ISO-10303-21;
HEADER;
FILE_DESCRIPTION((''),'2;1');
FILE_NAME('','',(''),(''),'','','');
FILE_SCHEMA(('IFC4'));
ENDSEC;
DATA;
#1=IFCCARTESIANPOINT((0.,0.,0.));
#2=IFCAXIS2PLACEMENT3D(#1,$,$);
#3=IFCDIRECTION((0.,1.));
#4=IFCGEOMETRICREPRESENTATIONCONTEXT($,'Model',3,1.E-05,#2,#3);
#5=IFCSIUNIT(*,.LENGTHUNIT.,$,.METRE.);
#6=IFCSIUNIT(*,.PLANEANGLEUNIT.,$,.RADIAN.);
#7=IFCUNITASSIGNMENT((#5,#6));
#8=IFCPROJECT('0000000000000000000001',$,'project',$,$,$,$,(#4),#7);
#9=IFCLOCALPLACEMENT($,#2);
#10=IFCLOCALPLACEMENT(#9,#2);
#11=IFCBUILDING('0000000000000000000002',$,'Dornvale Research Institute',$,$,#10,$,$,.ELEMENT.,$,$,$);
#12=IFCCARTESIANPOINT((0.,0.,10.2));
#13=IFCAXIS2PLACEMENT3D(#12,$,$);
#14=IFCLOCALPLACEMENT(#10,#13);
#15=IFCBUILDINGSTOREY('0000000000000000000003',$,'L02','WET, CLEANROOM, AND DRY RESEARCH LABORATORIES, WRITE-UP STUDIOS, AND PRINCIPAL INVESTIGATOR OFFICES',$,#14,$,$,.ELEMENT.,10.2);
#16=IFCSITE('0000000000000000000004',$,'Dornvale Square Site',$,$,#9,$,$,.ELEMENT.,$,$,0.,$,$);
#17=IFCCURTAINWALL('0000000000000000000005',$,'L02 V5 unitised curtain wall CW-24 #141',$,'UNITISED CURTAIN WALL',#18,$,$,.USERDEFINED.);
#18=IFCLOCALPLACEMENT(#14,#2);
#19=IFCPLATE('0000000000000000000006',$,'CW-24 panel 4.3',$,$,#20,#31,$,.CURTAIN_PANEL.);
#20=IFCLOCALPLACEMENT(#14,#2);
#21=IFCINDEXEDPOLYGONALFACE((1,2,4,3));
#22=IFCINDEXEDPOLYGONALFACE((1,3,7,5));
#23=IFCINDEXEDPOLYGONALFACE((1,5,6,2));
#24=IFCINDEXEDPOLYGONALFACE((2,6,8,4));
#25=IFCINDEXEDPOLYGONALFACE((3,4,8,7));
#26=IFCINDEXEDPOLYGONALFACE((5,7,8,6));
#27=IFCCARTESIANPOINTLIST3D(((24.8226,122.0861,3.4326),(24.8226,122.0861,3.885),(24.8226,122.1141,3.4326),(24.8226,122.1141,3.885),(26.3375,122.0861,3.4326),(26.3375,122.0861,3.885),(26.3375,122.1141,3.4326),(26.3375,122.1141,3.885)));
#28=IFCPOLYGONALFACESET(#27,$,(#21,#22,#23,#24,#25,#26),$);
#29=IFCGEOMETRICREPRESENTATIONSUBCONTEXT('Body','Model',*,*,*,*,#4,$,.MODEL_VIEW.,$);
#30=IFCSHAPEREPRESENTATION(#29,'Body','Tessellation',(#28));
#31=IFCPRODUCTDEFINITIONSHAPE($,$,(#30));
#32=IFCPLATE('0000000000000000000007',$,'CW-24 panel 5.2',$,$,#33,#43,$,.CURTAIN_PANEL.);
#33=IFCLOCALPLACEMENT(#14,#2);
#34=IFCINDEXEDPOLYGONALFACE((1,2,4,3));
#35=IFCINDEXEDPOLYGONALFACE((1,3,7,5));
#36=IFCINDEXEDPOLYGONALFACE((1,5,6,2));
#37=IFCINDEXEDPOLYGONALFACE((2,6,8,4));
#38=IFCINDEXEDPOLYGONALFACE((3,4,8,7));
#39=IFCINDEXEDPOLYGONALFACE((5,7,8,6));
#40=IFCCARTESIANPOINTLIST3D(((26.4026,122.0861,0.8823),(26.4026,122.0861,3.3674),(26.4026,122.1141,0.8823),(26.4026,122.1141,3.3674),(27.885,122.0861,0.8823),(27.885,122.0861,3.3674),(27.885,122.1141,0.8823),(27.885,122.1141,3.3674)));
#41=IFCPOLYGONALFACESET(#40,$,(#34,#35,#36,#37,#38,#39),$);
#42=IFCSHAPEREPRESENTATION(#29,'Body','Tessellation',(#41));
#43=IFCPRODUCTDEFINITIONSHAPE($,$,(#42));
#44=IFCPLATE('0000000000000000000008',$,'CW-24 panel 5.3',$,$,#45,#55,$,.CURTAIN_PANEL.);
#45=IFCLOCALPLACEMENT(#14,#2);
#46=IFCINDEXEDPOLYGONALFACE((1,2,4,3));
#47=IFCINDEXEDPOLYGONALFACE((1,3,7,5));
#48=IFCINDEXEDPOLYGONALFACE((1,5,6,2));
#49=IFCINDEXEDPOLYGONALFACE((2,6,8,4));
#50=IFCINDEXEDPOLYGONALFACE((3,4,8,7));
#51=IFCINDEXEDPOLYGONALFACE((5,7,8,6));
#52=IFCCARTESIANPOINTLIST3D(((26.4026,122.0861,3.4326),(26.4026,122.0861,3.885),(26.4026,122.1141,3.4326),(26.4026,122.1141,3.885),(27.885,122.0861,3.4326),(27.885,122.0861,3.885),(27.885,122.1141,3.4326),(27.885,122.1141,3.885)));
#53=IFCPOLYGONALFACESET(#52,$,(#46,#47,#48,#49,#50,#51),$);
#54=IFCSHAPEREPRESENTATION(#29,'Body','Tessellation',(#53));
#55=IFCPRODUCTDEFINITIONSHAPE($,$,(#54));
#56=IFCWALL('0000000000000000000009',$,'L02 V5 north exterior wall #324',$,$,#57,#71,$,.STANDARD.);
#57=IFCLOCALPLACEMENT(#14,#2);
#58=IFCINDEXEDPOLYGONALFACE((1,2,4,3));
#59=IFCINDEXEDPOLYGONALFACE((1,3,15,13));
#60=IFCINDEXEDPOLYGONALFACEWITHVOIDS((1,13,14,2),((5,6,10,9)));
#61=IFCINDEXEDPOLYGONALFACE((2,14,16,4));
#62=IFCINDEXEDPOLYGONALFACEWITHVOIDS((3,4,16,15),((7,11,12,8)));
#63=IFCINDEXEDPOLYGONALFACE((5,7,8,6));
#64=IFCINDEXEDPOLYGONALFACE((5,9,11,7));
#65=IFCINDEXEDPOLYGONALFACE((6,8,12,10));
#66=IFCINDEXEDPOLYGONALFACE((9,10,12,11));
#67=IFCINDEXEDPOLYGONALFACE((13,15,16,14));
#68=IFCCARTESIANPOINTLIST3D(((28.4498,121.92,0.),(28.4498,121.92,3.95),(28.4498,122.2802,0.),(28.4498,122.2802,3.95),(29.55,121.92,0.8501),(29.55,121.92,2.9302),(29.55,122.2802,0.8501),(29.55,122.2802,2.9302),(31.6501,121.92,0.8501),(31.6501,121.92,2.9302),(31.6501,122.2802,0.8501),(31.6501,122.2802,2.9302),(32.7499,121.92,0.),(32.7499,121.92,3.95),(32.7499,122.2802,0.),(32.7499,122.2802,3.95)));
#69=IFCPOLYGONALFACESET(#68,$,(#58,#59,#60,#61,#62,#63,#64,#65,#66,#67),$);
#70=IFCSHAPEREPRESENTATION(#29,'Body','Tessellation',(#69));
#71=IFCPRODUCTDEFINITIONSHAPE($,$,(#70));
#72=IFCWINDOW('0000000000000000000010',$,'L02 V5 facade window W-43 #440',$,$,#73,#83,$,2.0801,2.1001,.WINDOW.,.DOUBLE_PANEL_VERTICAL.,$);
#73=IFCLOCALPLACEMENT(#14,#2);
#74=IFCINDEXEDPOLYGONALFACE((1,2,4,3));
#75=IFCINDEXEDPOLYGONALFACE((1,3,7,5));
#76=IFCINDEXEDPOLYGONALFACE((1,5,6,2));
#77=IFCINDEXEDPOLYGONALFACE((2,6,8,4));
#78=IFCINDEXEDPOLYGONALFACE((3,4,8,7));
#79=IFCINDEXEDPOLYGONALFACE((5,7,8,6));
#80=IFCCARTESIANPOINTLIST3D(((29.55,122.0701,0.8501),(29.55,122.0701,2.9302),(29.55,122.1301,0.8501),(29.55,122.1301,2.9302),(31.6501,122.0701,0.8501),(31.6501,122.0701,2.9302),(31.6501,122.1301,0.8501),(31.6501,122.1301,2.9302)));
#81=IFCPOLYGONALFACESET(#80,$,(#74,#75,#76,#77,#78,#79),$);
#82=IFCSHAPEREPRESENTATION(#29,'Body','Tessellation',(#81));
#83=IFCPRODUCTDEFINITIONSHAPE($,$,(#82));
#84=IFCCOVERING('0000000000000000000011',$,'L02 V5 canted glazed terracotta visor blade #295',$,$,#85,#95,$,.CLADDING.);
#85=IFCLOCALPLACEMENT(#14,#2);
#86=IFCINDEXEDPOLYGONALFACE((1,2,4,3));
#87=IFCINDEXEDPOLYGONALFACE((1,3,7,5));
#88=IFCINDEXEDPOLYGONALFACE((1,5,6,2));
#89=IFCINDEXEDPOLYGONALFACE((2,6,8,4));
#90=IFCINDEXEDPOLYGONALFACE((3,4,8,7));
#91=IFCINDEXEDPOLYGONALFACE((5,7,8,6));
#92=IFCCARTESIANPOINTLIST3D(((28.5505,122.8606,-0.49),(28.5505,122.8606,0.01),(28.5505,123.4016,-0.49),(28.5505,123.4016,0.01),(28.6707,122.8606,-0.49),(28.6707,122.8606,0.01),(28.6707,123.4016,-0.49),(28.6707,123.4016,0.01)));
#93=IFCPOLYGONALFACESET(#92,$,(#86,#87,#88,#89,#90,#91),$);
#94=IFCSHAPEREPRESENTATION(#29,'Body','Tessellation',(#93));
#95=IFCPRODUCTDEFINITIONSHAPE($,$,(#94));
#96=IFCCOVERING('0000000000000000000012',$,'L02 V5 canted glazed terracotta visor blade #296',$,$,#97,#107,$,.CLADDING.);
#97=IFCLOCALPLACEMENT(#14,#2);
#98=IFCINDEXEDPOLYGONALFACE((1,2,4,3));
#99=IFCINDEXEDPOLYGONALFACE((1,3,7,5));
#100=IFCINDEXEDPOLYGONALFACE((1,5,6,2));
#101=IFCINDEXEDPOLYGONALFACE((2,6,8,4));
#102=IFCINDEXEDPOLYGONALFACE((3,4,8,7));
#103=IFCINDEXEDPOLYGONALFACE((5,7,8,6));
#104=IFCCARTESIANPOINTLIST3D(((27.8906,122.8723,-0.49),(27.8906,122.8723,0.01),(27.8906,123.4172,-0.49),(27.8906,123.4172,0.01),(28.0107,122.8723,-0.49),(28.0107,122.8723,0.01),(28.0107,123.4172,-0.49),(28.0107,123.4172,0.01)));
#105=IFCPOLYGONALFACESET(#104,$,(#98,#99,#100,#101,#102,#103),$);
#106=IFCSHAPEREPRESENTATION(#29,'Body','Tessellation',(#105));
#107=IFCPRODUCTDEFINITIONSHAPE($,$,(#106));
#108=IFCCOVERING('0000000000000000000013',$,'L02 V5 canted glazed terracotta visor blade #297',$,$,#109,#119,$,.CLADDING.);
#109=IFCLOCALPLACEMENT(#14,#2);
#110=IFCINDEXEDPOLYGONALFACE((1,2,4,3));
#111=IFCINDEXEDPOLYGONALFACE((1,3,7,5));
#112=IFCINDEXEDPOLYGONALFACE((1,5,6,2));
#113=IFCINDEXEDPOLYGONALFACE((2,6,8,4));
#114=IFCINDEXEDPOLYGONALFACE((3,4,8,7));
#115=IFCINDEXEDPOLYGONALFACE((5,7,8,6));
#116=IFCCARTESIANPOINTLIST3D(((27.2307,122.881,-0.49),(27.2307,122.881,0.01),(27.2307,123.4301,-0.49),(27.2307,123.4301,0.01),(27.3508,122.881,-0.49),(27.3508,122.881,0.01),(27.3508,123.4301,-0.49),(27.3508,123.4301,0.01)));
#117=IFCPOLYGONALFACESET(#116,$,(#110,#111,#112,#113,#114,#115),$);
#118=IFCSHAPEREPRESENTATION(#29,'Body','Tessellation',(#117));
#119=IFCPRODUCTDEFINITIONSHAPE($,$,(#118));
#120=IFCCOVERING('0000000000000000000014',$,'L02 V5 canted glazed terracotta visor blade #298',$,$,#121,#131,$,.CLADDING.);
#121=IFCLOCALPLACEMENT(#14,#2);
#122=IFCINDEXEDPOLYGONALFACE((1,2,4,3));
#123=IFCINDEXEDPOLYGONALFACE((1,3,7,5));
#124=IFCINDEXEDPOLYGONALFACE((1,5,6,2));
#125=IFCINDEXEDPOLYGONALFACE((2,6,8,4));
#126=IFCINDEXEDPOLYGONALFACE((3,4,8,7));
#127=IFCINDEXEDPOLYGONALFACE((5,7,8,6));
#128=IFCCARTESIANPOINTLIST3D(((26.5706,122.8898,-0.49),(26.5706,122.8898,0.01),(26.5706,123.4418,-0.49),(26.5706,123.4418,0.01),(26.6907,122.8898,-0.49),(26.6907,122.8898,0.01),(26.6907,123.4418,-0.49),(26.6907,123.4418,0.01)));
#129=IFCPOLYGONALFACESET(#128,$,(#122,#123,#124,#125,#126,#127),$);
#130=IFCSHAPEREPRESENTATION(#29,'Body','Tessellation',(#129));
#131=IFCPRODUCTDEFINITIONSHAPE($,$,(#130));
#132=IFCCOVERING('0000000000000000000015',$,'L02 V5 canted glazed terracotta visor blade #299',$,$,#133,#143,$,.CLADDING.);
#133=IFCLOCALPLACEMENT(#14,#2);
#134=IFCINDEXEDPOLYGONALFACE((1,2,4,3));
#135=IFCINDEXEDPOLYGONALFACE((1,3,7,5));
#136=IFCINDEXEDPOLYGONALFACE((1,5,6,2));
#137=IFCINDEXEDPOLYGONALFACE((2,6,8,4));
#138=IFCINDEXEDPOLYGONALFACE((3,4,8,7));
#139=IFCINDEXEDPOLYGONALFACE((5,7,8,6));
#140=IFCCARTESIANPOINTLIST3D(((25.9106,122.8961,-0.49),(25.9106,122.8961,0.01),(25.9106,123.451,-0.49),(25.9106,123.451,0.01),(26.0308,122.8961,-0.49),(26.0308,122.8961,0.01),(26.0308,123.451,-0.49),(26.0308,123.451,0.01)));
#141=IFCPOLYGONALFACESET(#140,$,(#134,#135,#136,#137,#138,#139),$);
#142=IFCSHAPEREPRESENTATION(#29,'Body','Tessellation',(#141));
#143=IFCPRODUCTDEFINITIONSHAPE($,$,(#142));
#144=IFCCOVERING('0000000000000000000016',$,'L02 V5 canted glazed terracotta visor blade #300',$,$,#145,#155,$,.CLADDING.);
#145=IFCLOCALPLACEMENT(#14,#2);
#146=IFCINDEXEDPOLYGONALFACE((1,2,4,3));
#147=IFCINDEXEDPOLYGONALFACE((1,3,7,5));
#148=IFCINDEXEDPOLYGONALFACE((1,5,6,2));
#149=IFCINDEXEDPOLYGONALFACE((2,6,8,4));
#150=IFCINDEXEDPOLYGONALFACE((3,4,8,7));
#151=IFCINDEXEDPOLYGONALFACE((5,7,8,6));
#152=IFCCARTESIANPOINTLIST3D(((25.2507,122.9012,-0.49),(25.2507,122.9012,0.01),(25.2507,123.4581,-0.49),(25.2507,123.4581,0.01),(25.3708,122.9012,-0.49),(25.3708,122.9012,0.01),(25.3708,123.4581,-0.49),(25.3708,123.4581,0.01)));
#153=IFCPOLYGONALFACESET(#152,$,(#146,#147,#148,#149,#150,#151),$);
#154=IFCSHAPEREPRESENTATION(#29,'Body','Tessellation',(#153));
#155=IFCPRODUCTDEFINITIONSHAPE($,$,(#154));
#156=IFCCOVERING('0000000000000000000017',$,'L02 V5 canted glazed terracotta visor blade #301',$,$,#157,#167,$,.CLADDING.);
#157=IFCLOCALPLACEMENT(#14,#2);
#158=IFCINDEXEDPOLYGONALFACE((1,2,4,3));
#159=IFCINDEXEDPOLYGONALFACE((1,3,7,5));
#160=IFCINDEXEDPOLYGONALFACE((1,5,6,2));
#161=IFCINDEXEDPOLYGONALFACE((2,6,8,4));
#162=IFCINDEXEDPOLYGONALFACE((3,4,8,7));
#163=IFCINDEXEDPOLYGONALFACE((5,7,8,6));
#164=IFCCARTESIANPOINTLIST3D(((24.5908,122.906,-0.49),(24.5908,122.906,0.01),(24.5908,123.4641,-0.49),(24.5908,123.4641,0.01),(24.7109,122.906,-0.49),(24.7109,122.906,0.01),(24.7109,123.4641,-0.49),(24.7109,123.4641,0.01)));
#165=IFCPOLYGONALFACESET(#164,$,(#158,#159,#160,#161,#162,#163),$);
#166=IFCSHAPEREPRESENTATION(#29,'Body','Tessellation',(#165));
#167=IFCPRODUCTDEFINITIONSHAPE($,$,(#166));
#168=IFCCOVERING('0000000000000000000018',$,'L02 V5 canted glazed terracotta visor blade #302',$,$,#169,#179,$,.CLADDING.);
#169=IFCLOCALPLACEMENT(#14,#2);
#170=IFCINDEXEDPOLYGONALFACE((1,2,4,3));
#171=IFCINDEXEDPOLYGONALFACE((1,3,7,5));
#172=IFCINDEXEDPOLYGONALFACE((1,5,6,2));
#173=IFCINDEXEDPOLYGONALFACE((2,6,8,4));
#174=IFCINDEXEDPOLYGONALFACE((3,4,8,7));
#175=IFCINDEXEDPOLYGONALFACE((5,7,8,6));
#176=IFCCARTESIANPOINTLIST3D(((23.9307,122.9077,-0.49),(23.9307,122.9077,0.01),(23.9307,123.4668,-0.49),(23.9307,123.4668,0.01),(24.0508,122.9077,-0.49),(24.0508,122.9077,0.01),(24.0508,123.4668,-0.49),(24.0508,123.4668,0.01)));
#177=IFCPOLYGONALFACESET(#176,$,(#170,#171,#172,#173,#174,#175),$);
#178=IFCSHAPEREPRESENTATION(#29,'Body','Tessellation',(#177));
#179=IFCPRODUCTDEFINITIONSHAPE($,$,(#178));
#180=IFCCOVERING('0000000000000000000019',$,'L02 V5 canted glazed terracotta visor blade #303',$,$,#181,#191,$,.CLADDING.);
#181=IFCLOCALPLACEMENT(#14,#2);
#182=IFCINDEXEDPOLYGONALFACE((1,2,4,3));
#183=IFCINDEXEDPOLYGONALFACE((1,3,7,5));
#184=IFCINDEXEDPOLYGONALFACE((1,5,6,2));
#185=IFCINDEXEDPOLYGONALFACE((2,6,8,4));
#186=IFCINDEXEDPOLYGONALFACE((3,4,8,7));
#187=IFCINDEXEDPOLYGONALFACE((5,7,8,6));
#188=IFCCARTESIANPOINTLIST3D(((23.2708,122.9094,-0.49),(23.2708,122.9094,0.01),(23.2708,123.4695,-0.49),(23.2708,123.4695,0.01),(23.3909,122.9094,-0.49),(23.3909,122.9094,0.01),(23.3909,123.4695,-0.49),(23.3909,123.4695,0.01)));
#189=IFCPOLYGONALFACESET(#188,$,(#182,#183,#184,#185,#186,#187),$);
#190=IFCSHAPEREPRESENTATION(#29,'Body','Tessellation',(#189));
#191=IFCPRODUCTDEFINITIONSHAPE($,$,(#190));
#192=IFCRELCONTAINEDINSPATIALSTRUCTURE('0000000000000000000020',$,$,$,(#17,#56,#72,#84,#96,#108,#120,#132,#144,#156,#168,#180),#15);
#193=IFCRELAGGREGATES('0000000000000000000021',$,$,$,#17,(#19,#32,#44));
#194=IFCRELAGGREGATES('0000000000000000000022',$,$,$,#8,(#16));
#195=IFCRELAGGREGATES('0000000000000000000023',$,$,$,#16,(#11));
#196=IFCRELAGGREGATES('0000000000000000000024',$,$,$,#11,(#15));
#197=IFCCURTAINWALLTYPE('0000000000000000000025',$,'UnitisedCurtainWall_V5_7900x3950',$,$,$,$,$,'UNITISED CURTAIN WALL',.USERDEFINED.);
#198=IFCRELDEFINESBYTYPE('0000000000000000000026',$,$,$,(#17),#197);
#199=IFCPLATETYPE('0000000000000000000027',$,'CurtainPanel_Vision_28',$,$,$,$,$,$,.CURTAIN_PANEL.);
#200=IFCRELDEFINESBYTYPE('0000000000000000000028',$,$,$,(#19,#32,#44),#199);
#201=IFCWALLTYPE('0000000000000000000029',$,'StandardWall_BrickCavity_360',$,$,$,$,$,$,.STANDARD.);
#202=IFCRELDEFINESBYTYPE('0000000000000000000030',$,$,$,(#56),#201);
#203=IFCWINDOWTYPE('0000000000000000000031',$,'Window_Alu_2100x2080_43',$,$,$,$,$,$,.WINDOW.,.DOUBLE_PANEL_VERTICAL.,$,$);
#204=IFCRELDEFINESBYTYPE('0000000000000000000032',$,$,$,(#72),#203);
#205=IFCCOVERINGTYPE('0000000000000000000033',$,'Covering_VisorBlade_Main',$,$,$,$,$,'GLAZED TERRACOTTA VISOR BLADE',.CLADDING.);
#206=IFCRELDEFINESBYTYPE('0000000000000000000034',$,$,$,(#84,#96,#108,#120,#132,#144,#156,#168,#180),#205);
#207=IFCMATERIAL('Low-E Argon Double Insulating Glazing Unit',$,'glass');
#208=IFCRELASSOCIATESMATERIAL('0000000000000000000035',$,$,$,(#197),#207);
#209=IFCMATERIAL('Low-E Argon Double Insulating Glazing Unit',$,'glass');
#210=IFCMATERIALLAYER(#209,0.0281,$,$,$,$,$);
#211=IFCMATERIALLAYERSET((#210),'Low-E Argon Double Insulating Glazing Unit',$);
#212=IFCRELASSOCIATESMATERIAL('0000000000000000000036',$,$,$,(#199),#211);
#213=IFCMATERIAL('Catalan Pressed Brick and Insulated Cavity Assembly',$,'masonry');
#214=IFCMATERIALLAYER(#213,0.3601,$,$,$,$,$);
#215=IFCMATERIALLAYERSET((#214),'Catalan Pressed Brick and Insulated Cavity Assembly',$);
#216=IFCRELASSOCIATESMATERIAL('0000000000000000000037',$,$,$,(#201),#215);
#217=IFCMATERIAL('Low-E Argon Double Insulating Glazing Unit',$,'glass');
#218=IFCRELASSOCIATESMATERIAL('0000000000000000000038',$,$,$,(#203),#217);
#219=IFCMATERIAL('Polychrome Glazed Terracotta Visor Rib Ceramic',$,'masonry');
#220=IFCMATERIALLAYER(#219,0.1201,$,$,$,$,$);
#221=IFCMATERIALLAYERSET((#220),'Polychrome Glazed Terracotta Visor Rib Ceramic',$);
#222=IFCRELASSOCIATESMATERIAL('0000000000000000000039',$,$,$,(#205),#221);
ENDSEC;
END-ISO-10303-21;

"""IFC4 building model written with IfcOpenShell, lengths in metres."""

from ifc_helpers import new_model, si_unit, direction, frame, frame_2d, origin, origin_2d, place, context, subcontext, project, spatial, rectangle, extrude, material, layer, layer_set, type_object, element, fill, aggregate, save


model = new_model("IFC4")

# Units and contexts
model_context = context("Model", 3, precision=1e-05, world=origin(), true_north=direction((0.0, 1.0)))
body_context = subcontext(model_context, "Body", "Model", "MODEL_VIEW")
ifc_project = project(units=[si_unit("LENGTHUNIT", "METRE"), si_unit("PLANEANGLEUNIT", "RADIAN")], contexts=[model_context])

# Site, building, storey
site_placement = place(None, origin())
site = spatial("IfcSite", under=ifc_project, at=site_placement, Name="Dornvale Square Site", CompositionType="ELEMENT", RefElevation=0.0)
building_placement = place(site_placement, origin())
building = spatial("IfcBuilding", under=site, at=building_placement, Name="Dornvale Research Institute", CompositionType="ELEMENT")
storey_placement = place(building_placement, frame((0.0, 0.0, 10.2)))
storey = spatial("IfcBuildingStorey", under=building, at=storey_placement, Name="L02", Description="WET, CLEANROOM, AND DRY RESEARCH LABORATORIES, WRITE-UP STUDIOS, AND PRINCIPAL INVESTIGATOR OFFICES", CompositionType="ELEMENT", Elevation=10.2)

# Curtain wall
ifc_material_1 = material(Name="Low-E Argon Double Insulating Glazing Unit", Category="glass")
curtain_wall_type = type_object("IfcCurtainWallType", Name="UnitisedCurtainWall_V5_7900x3950", ElementType="UNITISED CURTAIN WALL", PredefinedType="USERDEFINED", material=ifc_material_1)
curtain_wall_placement = place(storey_placement, origin())
curtain_wall = element("IfcCurtainWall", 1, at=curtain_wall_placement, inside=storey, type_object=curtain_wall_type, Name="L02 V5 unitised curtain wall CW-24 #141", ObjectType="UNITISED CURTAIN WALL", PredefinedType="USERDEFINED")

# Plates
ifc_material_2 = material(Name="Low-E Argon Double Insulating Glazing Unit", Category="glass")
ifc_layer_1 = layer(ifc_material_2, 0.0281)
ifc_layer_set_1 = layer_set([ifc_layer_1], Name="Low-E Argon Double Insulating Glazing Unit")
plate_type_1 = type_object("IfcPlateType", Name="CurtainPanel_Vision_28", PredefinedType="CURTAIN_PANEL", material=ifc_layer_set_1)
plate_1_placement = place(storey_placement, frame((25.5801, 122.1001, 3.4326), z_axis=(0.0, 0.0, 1.0), x_axis=(1.0, 0.0, 0.0)))
plate_1 = element("IfcPlate", 2, at=plate_1_placement, type_object=plate_type_1, Name="CW-24 panel 4.3", PredefinedType="CURTAIN_PANEL", context=body_context, shape_type="SweptSolid", body=[
    extrude(rectangle(XDim=1.5149, YDim=0.0281, at=origin_2d()), origin(), (0.0, 0.0, 1.0), 0.4524),
])
plate_2_placement = place(storey_placement, frame((27.1438, 122.1001, 0.8823), z_axis=(0.0, 0.0, 1.0), x_axis=(1.0, 0.0, 0.0)))
plate_2 = element("IfcPlate", 3, at=plate_2_placement, type_object=plate_type_1, Name="CW-24 panel 5.2", PredefinedType="CURTAIN_PANEL", context=body_context, shape_type="SweptSolid", body=[
    extrude(rectangle(XDim=1.4824, YDim=0.0281, at=origin_2d()), origin(), (0.0, 0.0, 1.0), 2.4851),
])
plate_3_placement = place(storey_placement, frame((27.1438, 122.1001, 3.4326), z_axis=(0.0, 0.0, 1.0), x_axis=(1.0, 0.0, 0.0)))
plate_3 = element("IfcPlate", 4, at=plate_3_placement, type_object=plate_type_1, Name="CW-24 panel 5.3", PredefinedType="CURTAIN_PANEL", context=body_context, shape_type="SweptSolid", body=[
    extrude(rectangle(XDim=1.4824, YDim=0.0281, at=origin_2d()), origin(), (0.0, 0.0, 1.0), 0.4524),
])
aggregate(curtain_wall, [plate_1, plate_2, plate_3])

# Wall, opening, window
ifc_material_3 = material(Name="Catalan Pressed Brick and Insulated Cavity Assembly", Category="masonry")
ifc_layer_2 = layer(ifc_material_3, 0.3601)
ifc_layer_set_2 = layer_set([ifc_layer_2], Name="Catalan Pressed Brick and Insulated Cavity Assembly")
wall_type = type_object("IfcWallType", Name="StandardWall_BrickCavity_360", PredefinedType="STANDARD", material=ifc_layer_set_2)
wall_placement = place(storey_placement, frame((28.45, 122.1001, 0.0), z_axis=(0.0, 0.0, 1.0), x_axis=(1.0, 0.0, 0.0)))
wall = element("IfcWall", 5, at=wall_placement, inside=storey, type_object=wall_type, Name="L02 V5 north exterior wall #324", PredefinedType="STANDARD", context=body_context, shape_type="SweptSolid", body=[
    extrude(rectangle(XDim=4.3, YDim=0.3601, at=frame_2d((2.1499, 0.0))), origin(), (0.0, 0.0, 1.0), 3.95),
])
opening_placement = place(wall_placement, frame((1.1001, 0.0, 0.8501)))
opening = element("IfcOpeningElement", 6, at=opening_placement, cuts=wall, PredefinedType="OPENING", context=body_context, shape_type="SweptSolid", body=[
    extrude(rectangle(XDim=2.1001, YDim=2.0801, at=frame_2d((1.05, 1.04))), frame((0.0, 0.1951, 0.0), z_axis=(0.0, -1.0, 0.0), x_axis=(1.0, 0.0, 0.0)), (0.0, 0.0, 1.0), 0.3901),
])
ifc_material_4 = material(Name="Low-E Argon Double Insulating Glazing Unit", Category="glass")
window_type = type_object("IfcWindowType", Name="Window_Alu_2100x2080_43", PartitioningType="DOUBLE_PANEL_VERTICAL", PredefinedType="WINDOW", material=ifc_material_4)
window_placement = place(opening_placement, origin())
window = element("IfcWindow", 7, at=window_placement, inside=storey, type_object=window_type, Name="L02 V5 facade window W-43 #440", OverallHeight=2.0801, OverallWidth=2.1001, PartitioningType="DOUBLE_PANEL_VERTICAL", PredefinedType="WINDOW", context=body_context, shape_type="SweptSolid", body=[
    extrude(rectangle(XDim=2.1001, YDim=2.0801, at=frame_2d((1.05, 1.04))), frame((0.0, 0.03, 0.0), z_axis=(0.0, -1.0, 0.0), x_axis=(1.0, 0.0, 0.0)), (0.0, 0.0, 1.0), 0.0601),
])
fill(opening, window)

# Coverings
ifc_material_5 = material(Name="Polychrome Glazed Terracotta Visor Rib Ceramic", Category="masonry")
ifc_layer_3 = layer(ifc_material_5, 0.1201)
ifc_layer_set_3 = layer_set([ifc_layer_3], Name="Polychrome Glazed Terracotta Visor Rib Ceramic")
covering_type = type_object("IfcCoveringType", Name="Covering_VisorBlade_Main", ElementType="GLAZED TERRACOTTA VISOR BLADE", PredefinedType="CLADDING", material=ifc_layer_set_3)
covering_1_placement = place(storey_placement, frame((28.6106, 123.1311, -0.49), z_axis=(0.0, 0.0, 1.0), x_axis=(0.0, 1.0, 0.0)))
element("IfcCovering", 8, at=covering_1_placement, inside=storey, type_object=covering_type, Name="L02 V5 canted glazed terracotta visor blade #295", PredefinedType="CLADDING", context=body_context, shape_type="SweptSolid", body=[
    extrude(rectangle(XDim=0.541, YDim=0.1201, at=origin_2d()), origin(), (0.0, 0.0, 1.0), 0.5),
])
covering_2_placement = place(storey_placement, frame((27.9507, 123.1448, -0.49), z_axis=(0.0, 0.0, 1.0), x_axis=(0.0, 1.0, 0.0)))
element("IfcCovering", 9, at=covering_2_placement, inside=storey, type_object=covering_type, Name="L02 V5 canted glazed terracotta visor blade #296", PredefinedType="CLADDING", context=body_context, shape_type="SweptSolid", body=[
    extrude(rectangle(XDim=0.5449, YDim=0.1201, at=origin_2d()), origin(), (0.0, 0.0, 1.0), 0.5),
])
covering_3_placement = place(storey_placement, frame((27.2908, 123.1555, -0.49), z_axis=(0.0, 0.0, 1.0), x_axis=(0.0, 1.0, 0.0)))
element("IfcCovering", 10, at=covering_3_placement, inside=storey, type_object=covering_type, Name="L02 V5 canted glazed terracotta visor blade #297", PredefinedType="CLADDING", context=body_context, shape_type="SweptSolid", body=[
    extrude(rectangle(XDim=0.5491, YDim=0.1201, at=origin_2d()), origin(), (0.0, 0.0, 1.0), 0.5),
])
covering_4_placement = place(storey_placement, frame((26.6306, 123.1658, -0.49), z_axis=(0.0, 0.0, 1.0), x_axis=(0.0, 1.0, 0.0)))
element("IfcCovering", 11, at=covering_4_placement, inside=storey, type_object=covering_type, Name="L02 V5 canted glazed terracotta visor blade #298", PredefinedType="CLADDING", context=body_context, shape_type="SweptSolid", body=[
    extrude(rectangle(XDim=0.552, YDim=0.1201, at=origin_2d()), origin(), (0.0, 0.0, 1.0), 0.5),
])
covering_5_placement = place(storey_placement, frame((25.9707, 123.1736, -0.49), z_axis=(0.0, 0.0, 1.0), x_axis=(0.0, 1.0, 0.0)))
element("IfcCovering", 12, at=covering_5_placement, inside=storey, type_object=covering_type, Name="L02 V5 canted glazed terracotta visor blade #299", PredefinedType="CLADDING", context=body_context, shape_type="SweptSolid", body=[
    extrude(rectangle(XDim=0.5549, YDim=0.1201, at=origin_2d()), origin(), (0.0, 0.0, 1.0), 0.5),
])
covering_6_placement = place(storey_placement, frame((25.3108, 123.1797, -0.49), z_axis=(0.0, 0.0, 1.0), x_axis=(0.0, 1.0, 0.0)))
element("IfcCovering", 13, at=covering_6_placement, inside=storey, type_object=covering_type, Name="L02 V5 canted glazed terracotta visor blade #300", PredefinedType="CLADDING", context=body_context, shape_type="SweptSolid", body=[
    extrude(rectangle(XDim=0.5569, YDim=0.1201, at=origin_2d()), origin(), (0.0, 0.0, 1.0), 0.5),
])
covering_7_placement = place(storey_placement, frame((24.6509, 123.1851, -0.49), z_axis=(0.0, 0.0, 1.0), x_axis=(0.0, 1.0, 0.0)))
element("IfcCovering", 14, at=covering_7_placement, inside=storey, type_object=covering_type, Name="L02 V5 canted glazed terracotta visor blade #301", PredefinedType="CLADDING", context=body_context, shape_type="SweptSolid", body=[
    extrude(rectangle(XDim=0.5581, YDim=0.1201, at=origin_2d()), origin(), (0.0, 0.0, 1.0), 0.5),
])
covering_8_placement = place(storey_placement, frame((23.9907, 123.1873, -0.49), z_axis=(0.0, 0.0, 1.0), x_axis=(0.0, 1.0, 0.0)))
element("IfcCovering", 15, at=covering_8_placement, inside=storey, type_object=covering_type, Name="L02 V5 canted glazed terracotta visor blade #302", PredefinedType="CLADDING", context=body_context, shape_type="SweptSolid", body=[
    extrude(rectangle(XDim=0.5591, YDim=0.1201, at=origin_2d()), origin(), (0.0, 0.0, 1.0), 0.5),
])
for number, where, z_axis, x_axis, name in (
    (16, (23.3308, 123.1895, -0.49), (0.0, 0.0, 1.0), (0.0, 1.0, 0.0), "L02 V5 canted glazed terracotta visor blade #303"),
):
    element("IfcCovering", number, at=place(storey_placement, frame(where, z_axis=z_axis, x_axis=x_axis)), inside=storey, type_object=covering_type, Name=name, PredefinedType="CLADDING", context=body_context, shape_type="SweptSolid", body=[
        extrude(rectangle(XDim=0.5601, YDim=0.1201, at=origin_2d()), origin(), (0.0, 0.0, 1.0), 0.5),
    ])

save(model, "model.ifc")
